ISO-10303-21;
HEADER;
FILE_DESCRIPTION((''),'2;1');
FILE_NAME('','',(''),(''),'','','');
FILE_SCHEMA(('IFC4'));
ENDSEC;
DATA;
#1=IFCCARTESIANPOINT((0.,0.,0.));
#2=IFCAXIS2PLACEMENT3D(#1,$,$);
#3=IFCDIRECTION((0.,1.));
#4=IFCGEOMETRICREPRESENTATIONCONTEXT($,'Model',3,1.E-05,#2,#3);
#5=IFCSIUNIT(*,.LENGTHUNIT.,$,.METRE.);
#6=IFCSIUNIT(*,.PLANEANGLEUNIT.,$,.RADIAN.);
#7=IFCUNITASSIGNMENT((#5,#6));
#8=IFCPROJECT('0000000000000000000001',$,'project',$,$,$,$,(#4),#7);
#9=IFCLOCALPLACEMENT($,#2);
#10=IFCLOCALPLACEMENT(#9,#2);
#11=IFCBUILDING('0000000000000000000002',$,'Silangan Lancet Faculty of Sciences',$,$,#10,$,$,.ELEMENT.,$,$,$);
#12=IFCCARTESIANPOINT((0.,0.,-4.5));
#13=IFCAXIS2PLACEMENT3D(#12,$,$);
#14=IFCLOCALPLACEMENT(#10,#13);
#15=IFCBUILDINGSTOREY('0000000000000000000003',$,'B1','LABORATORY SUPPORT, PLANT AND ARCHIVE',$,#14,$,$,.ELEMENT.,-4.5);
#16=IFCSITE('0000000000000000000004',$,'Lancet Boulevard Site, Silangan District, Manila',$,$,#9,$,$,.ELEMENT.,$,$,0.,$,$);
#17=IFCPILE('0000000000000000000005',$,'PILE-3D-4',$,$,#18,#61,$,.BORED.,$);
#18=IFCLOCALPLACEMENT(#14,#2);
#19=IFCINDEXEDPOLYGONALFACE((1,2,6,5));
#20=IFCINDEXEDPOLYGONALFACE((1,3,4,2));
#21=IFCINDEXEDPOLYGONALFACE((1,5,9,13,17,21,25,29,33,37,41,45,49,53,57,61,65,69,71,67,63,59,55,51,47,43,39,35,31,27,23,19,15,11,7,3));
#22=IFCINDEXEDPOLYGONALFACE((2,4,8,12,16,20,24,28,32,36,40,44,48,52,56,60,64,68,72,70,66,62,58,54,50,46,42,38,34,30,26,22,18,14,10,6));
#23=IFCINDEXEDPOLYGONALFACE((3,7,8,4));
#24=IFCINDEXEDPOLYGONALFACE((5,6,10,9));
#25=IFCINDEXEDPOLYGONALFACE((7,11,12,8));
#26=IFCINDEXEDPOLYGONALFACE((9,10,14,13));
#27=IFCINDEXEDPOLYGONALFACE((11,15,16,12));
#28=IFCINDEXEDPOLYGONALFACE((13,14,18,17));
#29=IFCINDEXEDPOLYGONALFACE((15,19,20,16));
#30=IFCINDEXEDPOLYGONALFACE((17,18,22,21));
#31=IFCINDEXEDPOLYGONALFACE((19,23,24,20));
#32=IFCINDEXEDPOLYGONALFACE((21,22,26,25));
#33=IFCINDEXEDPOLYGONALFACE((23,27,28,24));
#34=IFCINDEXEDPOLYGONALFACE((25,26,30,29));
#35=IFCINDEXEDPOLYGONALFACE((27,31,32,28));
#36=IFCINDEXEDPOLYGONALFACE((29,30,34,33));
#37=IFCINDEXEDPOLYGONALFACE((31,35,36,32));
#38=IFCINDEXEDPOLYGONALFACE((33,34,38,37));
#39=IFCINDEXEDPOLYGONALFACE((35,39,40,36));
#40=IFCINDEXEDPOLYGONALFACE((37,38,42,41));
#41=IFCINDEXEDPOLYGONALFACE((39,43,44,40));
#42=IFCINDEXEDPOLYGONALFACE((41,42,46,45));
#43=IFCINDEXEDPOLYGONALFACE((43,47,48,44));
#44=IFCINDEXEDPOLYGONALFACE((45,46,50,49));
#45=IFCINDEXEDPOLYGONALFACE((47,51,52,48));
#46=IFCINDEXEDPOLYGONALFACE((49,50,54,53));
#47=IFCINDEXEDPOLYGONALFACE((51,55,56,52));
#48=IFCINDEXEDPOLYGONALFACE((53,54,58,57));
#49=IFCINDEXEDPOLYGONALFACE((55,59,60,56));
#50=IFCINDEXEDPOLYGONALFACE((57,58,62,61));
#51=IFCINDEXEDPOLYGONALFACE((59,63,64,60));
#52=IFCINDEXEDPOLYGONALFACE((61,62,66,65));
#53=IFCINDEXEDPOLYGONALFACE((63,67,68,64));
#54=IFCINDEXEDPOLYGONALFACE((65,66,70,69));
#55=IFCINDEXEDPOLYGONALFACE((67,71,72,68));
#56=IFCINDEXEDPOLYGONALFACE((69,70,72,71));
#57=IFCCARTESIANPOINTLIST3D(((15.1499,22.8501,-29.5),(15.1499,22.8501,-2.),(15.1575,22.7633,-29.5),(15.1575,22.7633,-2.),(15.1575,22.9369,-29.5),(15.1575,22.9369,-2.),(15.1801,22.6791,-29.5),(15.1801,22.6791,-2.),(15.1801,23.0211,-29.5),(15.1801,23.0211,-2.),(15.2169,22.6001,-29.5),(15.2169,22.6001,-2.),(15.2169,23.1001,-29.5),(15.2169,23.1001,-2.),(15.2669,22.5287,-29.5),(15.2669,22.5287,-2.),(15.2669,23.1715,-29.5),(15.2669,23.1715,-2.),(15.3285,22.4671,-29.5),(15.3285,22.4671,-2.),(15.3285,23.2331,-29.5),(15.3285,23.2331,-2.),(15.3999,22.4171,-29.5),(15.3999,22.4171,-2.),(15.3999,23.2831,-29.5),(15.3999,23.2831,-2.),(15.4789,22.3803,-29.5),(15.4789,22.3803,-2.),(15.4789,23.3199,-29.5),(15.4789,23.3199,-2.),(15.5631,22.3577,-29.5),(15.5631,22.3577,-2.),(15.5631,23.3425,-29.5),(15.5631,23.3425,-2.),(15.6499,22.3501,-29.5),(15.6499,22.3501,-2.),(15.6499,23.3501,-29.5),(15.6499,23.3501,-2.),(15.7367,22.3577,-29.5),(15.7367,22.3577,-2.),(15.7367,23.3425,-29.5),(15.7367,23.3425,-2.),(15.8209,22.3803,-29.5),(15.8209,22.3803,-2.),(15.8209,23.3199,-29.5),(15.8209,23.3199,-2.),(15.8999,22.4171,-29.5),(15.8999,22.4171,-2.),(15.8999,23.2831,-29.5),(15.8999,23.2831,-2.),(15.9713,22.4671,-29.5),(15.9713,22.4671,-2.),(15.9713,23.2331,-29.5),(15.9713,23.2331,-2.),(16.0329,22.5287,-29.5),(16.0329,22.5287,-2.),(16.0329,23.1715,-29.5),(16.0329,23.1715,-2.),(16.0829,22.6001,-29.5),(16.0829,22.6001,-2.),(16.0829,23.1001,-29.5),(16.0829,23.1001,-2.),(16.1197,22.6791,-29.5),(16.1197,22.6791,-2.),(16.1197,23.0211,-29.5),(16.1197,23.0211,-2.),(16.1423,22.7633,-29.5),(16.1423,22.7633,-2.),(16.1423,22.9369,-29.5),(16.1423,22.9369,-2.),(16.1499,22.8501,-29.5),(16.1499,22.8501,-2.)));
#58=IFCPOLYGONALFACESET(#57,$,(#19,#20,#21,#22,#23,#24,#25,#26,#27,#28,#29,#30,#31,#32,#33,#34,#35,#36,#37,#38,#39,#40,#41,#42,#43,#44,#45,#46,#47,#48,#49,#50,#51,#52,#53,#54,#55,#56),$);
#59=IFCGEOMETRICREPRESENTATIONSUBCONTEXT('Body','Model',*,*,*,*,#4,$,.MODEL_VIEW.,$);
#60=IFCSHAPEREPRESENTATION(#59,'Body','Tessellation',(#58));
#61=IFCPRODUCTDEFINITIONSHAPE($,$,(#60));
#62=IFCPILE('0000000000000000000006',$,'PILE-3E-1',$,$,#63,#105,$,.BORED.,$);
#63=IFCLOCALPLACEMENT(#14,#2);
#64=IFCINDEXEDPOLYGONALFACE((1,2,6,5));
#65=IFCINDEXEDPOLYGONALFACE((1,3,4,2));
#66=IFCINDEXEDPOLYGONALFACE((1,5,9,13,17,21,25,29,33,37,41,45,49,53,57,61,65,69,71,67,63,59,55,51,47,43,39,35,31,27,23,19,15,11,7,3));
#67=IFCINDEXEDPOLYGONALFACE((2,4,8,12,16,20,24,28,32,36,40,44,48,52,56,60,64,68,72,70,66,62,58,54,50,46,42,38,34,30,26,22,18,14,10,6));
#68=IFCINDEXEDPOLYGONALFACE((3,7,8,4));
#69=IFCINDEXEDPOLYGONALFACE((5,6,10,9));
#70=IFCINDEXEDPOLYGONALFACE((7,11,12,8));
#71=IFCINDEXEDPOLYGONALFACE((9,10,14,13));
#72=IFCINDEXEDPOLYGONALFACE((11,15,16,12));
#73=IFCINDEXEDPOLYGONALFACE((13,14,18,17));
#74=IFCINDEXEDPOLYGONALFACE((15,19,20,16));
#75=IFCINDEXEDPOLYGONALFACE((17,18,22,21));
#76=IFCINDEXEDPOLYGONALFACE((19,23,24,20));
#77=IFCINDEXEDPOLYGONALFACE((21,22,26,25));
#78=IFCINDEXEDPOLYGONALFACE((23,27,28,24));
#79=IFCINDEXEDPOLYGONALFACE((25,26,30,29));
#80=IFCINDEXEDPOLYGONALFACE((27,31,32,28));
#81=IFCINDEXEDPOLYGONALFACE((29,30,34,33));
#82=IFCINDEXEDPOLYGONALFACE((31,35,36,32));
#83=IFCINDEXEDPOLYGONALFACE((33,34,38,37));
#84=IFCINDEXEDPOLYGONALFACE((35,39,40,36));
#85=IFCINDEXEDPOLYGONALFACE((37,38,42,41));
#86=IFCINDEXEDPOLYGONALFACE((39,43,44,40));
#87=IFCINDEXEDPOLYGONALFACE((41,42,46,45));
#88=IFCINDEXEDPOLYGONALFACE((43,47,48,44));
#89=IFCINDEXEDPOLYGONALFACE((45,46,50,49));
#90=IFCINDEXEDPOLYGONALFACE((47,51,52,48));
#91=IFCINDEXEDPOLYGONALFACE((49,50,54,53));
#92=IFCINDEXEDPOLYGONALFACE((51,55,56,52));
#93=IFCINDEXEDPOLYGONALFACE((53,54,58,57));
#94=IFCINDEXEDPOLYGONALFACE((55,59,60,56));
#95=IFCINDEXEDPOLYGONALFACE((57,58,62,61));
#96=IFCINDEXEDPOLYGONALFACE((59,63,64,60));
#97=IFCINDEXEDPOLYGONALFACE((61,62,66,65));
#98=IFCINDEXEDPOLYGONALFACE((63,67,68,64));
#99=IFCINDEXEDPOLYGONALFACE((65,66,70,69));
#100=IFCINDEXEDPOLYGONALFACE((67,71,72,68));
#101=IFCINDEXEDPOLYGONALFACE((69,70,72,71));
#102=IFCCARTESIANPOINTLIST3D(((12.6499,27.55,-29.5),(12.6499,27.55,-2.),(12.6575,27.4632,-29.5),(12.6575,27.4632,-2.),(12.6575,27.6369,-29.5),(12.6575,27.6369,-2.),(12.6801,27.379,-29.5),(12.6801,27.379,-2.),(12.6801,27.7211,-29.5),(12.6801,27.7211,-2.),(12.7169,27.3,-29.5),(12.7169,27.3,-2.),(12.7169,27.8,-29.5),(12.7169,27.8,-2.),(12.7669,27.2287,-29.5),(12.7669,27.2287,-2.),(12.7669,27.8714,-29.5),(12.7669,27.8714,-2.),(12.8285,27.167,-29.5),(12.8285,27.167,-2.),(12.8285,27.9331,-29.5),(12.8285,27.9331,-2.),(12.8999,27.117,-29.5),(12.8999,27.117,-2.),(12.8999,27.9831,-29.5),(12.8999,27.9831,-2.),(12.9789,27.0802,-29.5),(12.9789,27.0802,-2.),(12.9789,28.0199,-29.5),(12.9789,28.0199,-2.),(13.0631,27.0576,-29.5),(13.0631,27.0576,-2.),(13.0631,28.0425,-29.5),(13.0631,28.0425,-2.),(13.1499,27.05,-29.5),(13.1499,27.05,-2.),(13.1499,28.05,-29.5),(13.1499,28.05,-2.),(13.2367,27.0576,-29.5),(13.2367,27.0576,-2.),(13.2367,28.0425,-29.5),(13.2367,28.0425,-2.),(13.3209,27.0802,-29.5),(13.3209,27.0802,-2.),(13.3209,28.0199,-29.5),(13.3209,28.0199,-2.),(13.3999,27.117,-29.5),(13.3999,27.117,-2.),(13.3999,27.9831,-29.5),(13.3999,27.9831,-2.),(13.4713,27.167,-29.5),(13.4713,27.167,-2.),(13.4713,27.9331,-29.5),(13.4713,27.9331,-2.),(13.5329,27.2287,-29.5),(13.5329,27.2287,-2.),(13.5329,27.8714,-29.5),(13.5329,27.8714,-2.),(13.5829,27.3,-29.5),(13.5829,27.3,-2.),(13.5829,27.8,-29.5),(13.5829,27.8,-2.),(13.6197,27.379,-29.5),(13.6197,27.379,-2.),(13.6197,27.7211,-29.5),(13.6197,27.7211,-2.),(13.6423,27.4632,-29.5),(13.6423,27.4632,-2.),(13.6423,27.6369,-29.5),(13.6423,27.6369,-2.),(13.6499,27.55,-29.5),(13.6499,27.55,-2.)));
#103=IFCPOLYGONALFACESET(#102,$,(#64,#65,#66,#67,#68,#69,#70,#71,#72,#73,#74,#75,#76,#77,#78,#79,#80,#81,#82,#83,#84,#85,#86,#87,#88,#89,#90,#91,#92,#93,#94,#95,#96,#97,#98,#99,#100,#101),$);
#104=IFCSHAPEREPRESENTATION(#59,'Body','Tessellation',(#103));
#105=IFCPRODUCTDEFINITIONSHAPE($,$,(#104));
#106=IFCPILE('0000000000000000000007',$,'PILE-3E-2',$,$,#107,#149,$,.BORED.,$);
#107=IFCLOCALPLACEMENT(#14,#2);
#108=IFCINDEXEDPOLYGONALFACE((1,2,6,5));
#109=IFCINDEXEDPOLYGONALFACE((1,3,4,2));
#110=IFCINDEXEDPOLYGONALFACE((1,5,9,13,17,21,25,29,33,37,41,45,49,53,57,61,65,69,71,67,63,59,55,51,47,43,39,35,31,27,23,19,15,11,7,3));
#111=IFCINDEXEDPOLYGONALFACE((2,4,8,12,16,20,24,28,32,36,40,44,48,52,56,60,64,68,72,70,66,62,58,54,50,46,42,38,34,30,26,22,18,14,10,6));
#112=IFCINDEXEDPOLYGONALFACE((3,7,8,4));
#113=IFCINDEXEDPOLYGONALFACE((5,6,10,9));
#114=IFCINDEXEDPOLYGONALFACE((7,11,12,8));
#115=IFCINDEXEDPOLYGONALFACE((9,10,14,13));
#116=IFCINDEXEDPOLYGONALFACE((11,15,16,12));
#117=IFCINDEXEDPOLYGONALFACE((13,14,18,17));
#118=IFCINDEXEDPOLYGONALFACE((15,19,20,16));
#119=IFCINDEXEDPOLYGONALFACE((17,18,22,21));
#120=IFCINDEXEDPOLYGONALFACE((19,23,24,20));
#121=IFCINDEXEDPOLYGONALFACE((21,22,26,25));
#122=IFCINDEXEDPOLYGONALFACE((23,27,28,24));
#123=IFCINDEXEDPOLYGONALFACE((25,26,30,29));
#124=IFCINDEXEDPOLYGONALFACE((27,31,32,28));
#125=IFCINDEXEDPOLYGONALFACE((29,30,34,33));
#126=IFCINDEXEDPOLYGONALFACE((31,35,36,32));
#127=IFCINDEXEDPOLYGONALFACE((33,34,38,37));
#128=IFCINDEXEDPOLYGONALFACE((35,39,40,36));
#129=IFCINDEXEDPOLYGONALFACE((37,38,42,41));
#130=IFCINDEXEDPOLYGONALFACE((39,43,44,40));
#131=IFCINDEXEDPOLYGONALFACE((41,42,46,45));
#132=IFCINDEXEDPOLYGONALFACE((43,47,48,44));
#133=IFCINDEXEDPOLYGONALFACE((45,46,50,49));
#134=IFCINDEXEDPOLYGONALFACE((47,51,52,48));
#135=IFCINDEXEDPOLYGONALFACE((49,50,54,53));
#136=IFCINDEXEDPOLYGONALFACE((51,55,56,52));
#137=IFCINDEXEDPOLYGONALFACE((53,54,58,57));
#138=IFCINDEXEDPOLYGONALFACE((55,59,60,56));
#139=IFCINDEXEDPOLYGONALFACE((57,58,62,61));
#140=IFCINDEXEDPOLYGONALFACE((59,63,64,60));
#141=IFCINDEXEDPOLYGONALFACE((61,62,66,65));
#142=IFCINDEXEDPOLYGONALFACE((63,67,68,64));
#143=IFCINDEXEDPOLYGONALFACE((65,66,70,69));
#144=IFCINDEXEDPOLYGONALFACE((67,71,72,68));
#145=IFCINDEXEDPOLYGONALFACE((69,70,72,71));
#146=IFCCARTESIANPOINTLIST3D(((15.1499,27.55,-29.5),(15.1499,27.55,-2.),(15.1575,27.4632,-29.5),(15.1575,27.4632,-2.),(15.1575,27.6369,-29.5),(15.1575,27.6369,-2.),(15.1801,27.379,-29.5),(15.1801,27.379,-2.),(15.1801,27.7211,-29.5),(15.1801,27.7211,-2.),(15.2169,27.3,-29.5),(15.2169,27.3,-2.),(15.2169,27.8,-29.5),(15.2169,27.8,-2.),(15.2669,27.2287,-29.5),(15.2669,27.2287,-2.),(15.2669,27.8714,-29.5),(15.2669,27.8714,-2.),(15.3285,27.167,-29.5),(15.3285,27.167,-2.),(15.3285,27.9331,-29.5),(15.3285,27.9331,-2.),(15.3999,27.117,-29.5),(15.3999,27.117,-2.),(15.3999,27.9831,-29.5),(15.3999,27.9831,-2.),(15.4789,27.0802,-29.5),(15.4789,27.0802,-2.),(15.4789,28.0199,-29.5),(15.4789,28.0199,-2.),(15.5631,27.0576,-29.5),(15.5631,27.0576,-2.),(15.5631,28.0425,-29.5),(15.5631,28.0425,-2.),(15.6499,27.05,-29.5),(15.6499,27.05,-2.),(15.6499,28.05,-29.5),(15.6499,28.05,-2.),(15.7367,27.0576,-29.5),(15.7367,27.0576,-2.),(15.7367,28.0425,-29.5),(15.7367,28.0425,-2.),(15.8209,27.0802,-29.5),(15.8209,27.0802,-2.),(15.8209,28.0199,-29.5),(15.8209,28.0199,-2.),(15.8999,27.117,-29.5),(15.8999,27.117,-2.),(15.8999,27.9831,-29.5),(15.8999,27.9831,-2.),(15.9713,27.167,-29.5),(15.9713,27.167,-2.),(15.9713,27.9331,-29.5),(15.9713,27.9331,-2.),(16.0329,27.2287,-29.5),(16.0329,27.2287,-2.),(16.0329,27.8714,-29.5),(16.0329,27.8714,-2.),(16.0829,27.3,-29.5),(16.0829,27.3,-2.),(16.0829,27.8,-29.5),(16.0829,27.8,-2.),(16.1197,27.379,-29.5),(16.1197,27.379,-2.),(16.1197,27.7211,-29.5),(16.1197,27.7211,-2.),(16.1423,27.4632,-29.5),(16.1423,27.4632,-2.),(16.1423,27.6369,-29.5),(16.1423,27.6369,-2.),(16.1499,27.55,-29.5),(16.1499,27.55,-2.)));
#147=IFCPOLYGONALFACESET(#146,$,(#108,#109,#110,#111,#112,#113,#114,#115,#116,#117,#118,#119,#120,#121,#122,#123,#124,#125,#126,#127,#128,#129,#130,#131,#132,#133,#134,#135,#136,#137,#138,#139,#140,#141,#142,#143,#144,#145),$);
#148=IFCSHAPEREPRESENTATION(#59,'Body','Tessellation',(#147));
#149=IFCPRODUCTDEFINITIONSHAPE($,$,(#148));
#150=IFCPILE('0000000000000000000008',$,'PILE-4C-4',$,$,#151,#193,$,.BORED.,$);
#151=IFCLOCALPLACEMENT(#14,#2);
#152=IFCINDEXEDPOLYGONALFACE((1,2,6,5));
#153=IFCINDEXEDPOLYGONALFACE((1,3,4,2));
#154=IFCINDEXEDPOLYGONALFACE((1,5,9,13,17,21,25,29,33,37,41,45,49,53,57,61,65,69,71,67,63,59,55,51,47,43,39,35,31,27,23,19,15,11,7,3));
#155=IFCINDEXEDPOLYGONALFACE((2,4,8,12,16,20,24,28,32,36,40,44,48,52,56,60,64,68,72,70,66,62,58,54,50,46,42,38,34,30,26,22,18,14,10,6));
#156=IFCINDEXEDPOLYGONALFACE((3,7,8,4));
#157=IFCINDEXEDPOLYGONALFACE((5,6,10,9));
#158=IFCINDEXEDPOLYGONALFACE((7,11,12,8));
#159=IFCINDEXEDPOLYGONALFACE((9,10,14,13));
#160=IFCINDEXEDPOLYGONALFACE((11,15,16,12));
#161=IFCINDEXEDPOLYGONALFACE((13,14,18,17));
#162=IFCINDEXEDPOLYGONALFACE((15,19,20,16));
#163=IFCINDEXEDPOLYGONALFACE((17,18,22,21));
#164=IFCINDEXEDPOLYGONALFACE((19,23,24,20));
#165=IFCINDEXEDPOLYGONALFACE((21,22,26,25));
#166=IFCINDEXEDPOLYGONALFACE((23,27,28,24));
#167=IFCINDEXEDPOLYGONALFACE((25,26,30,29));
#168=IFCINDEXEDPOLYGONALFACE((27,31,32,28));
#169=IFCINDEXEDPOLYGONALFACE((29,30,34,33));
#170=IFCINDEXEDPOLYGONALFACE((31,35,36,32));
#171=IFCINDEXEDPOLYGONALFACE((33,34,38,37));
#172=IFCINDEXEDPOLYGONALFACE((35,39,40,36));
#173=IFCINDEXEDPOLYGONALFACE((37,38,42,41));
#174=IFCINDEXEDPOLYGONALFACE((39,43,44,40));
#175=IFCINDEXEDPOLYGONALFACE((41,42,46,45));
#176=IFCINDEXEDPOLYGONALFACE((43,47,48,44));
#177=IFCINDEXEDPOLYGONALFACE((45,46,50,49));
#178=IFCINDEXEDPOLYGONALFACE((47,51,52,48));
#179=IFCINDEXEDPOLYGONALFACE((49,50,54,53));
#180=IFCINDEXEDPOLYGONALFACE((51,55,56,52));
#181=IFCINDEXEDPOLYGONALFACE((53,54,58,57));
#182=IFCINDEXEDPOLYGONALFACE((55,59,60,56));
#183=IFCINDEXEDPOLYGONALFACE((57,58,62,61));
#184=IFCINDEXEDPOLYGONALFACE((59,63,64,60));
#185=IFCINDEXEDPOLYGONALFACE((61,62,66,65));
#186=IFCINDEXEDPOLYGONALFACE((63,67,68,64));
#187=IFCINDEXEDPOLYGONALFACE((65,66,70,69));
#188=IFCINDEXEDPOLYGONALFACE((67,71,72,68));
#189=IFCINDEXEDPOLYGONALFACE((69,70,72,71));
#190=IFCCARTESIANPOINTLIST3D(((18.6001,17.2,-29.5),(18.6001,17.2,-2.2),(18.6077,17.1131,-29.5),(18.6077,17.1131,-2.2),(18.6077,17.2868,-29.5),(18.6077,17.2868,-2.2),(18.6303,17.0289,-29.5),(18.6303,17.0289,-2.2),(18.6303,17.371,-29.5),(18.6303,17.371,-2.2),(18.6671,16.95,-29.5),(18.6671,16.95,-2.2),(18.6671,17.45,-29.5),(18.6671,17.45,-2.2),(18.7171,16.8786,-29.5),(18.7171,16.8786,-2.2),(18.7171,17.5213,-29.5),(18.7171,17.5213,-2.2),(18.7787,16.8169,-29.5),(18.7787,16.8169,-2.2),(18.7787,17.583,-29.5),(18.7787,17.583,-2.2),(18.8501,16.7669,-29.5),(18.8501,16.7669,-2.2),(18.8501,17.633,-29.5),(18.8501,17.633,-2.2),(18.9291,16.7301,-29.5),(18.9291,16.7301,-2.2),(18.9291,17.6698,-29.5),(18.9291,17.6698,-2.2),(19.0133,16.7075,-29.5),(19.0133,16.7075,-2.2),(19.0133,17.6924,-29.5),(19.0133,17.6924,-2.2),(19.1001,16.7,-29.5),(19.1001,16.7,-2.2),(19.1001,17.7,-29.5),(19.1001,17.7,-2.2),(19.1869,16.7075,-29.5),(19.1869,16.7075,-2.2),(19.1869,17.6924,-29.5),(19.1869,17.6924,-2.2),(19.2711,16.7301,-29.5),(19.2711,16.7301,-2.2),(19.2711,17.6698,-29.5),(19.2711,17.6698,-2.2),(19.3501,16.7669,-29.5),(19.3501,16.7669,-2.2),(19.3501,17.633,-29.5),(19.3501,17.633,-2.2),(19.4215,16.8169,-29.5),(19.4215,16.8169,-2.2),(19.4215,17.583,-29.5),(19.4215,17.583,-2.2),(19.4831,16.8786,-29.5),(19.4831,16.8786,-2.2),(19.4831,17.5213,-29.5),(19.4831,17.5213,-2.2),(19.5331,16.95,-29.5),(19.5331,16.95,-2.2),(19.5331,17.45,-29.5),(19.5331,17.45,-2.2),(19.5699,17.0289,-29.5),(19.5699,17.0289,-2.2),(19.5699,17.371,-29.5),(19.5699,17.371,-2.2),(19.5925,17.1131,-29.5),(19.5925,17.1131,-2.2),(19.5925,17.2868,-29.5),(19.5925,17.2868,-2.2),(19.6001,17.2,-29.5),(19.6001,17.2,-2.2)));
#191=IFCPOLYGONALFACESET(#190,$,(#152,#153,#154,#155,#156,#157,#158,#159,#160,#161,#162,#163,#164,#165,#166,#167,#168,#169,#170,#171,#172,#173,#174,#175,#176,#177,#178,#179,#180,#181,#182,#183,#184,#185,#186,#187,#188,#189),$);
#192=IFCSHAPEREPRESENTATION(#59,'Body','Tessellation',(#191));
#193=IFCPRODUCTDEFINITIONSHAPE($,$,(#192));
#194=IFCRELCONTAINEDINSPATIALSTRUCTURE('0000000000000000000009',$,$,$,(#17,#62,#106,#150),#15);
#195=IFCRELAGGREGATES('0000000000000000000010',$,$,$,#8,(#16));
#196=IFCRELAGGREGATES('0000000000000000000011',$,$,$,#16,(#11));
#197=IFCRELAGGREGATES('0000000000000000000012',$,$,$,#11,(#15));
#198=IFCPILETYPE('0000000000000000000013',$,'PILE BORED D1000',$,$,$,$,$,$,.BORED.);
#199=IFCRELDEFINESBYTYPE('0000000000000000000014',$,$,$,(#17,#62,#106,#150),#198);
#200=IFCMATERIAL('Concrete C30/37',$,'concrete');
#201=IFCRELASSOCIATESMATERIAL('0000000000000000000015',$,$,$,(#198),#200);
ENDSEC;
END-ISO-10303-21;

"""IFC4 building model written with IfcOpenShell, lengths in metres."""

from ifc_helpers import new_model, si_unit, direction, frame, origin, origin_2d, place, context, subcontext, project, spatial, circle, extrude, material, material_profile, profile_set, type_object, element, save


model = new_model("IFC4")

# Units and contexts
model_context = context("Model", 3, precision=1e-05, world=origin(), true_north=direction((0.0, 1.0)))
body_context = subcontext(model_context, "Body", "Model", "MODEL_VIEW")
ifc_project = project(units=[si_unit("LENGTHUNIT", "METRE"), si_unit("PLANEANGLEUNIT", "RADIAN")], contexts=[model_context])

# Site, building, storey
site_placement = place(None, origin())
site = spatial("IfcSite", under=ifc_project, at=site_placement, Name="Lancet Boulevard Site, Silangan District, Manila", CompositionType="ELEMENT", RefElevation=0.0)
building_placement = place(site_placement, origin())
building = spatial("IfcBuilding", under=site, at=building_placement, Name="Silangan Lancet Faculty of Sciences", CompositionType="ELEMENT")
storey_placement = place(building_placement, frame((0.0, 0.0, -4.5)))
storey = spatial("IfcBuildingStorey", under=building, at=storey_placement, Name="B1", Description="LABORATORY SUPPORT, PLANT AND ARCHIVE", CompositionType="ELEMENT", Elevation=-4.5)

# Piles
ifc_material_1 = material(Name="Concrete C30/37", Category="concrete")
ifc_material_profile_1 = material_profile(ifc_material_1, circle(Radius=0.5, at=origin_2d()), Name="BORED PILE D1000")
ifc_profile_set_1 = profile_set([ifc_material_profile_1], Name="Concrete C30/37")
pile_type = type_object("IfcPileType", Name="PILE BORED D1000", PredefinedType="BORED", material=ifc_profile_set_1)
for number, where, z_axis, x_axis, name in (
    (1, (15.6499, 22.8501, -2.0), (0.0, 0.0, -1.0), (1.0, 0.0, 0.0), "PILE-3D-4"),
    (2, (13.1499, 27.55, -2.0), (0.0, 0.0, -1.0), (1.0, 0.0, 0.0), "PILE-3E-1"),
    (3, (15.6499, 27.55, -2.0), (0.0, 0.0, -1.0), (1.0, 0.0, 0.0), "PILE-3E-2"),
):
    element("IfcPile", number, at=place(storey_placement, frame(where, z_axis=z_axis, x_axis=x_axis)), inside=storey, type_object=pile_type, Name=name, PredefinedType="BORED", context=body_context, shape_type="SweptSolid", body=[
        extrude(circle(Radius=0.5, at=origin_2d()), origin(), (0.0, 0.0, 1.0), 27.5),
    ])
for number, where, z_axis, x_axis, name in (
    (4, (19.1001, 17.2, -2.2), (0.0, 0.0, -1.0), (1.0, 0.0, 0.0), "PILE-4C-4"),
):
    element("IfcPile", number, at=place(storey_placement, frame(where, z_axis=z_axis, x_axis=x_axis)), inside=storey, type_object=pile_type, Name=name, PredefinedType="BORED", context=body_context, shape_type="SweptSolid", body=[
        extrude(circle(Radius=0.5, at=origin_2d()), origin(), (0.0, 0.0, 1.0), 27.3),
    ])

save(model, "model.ifc")
